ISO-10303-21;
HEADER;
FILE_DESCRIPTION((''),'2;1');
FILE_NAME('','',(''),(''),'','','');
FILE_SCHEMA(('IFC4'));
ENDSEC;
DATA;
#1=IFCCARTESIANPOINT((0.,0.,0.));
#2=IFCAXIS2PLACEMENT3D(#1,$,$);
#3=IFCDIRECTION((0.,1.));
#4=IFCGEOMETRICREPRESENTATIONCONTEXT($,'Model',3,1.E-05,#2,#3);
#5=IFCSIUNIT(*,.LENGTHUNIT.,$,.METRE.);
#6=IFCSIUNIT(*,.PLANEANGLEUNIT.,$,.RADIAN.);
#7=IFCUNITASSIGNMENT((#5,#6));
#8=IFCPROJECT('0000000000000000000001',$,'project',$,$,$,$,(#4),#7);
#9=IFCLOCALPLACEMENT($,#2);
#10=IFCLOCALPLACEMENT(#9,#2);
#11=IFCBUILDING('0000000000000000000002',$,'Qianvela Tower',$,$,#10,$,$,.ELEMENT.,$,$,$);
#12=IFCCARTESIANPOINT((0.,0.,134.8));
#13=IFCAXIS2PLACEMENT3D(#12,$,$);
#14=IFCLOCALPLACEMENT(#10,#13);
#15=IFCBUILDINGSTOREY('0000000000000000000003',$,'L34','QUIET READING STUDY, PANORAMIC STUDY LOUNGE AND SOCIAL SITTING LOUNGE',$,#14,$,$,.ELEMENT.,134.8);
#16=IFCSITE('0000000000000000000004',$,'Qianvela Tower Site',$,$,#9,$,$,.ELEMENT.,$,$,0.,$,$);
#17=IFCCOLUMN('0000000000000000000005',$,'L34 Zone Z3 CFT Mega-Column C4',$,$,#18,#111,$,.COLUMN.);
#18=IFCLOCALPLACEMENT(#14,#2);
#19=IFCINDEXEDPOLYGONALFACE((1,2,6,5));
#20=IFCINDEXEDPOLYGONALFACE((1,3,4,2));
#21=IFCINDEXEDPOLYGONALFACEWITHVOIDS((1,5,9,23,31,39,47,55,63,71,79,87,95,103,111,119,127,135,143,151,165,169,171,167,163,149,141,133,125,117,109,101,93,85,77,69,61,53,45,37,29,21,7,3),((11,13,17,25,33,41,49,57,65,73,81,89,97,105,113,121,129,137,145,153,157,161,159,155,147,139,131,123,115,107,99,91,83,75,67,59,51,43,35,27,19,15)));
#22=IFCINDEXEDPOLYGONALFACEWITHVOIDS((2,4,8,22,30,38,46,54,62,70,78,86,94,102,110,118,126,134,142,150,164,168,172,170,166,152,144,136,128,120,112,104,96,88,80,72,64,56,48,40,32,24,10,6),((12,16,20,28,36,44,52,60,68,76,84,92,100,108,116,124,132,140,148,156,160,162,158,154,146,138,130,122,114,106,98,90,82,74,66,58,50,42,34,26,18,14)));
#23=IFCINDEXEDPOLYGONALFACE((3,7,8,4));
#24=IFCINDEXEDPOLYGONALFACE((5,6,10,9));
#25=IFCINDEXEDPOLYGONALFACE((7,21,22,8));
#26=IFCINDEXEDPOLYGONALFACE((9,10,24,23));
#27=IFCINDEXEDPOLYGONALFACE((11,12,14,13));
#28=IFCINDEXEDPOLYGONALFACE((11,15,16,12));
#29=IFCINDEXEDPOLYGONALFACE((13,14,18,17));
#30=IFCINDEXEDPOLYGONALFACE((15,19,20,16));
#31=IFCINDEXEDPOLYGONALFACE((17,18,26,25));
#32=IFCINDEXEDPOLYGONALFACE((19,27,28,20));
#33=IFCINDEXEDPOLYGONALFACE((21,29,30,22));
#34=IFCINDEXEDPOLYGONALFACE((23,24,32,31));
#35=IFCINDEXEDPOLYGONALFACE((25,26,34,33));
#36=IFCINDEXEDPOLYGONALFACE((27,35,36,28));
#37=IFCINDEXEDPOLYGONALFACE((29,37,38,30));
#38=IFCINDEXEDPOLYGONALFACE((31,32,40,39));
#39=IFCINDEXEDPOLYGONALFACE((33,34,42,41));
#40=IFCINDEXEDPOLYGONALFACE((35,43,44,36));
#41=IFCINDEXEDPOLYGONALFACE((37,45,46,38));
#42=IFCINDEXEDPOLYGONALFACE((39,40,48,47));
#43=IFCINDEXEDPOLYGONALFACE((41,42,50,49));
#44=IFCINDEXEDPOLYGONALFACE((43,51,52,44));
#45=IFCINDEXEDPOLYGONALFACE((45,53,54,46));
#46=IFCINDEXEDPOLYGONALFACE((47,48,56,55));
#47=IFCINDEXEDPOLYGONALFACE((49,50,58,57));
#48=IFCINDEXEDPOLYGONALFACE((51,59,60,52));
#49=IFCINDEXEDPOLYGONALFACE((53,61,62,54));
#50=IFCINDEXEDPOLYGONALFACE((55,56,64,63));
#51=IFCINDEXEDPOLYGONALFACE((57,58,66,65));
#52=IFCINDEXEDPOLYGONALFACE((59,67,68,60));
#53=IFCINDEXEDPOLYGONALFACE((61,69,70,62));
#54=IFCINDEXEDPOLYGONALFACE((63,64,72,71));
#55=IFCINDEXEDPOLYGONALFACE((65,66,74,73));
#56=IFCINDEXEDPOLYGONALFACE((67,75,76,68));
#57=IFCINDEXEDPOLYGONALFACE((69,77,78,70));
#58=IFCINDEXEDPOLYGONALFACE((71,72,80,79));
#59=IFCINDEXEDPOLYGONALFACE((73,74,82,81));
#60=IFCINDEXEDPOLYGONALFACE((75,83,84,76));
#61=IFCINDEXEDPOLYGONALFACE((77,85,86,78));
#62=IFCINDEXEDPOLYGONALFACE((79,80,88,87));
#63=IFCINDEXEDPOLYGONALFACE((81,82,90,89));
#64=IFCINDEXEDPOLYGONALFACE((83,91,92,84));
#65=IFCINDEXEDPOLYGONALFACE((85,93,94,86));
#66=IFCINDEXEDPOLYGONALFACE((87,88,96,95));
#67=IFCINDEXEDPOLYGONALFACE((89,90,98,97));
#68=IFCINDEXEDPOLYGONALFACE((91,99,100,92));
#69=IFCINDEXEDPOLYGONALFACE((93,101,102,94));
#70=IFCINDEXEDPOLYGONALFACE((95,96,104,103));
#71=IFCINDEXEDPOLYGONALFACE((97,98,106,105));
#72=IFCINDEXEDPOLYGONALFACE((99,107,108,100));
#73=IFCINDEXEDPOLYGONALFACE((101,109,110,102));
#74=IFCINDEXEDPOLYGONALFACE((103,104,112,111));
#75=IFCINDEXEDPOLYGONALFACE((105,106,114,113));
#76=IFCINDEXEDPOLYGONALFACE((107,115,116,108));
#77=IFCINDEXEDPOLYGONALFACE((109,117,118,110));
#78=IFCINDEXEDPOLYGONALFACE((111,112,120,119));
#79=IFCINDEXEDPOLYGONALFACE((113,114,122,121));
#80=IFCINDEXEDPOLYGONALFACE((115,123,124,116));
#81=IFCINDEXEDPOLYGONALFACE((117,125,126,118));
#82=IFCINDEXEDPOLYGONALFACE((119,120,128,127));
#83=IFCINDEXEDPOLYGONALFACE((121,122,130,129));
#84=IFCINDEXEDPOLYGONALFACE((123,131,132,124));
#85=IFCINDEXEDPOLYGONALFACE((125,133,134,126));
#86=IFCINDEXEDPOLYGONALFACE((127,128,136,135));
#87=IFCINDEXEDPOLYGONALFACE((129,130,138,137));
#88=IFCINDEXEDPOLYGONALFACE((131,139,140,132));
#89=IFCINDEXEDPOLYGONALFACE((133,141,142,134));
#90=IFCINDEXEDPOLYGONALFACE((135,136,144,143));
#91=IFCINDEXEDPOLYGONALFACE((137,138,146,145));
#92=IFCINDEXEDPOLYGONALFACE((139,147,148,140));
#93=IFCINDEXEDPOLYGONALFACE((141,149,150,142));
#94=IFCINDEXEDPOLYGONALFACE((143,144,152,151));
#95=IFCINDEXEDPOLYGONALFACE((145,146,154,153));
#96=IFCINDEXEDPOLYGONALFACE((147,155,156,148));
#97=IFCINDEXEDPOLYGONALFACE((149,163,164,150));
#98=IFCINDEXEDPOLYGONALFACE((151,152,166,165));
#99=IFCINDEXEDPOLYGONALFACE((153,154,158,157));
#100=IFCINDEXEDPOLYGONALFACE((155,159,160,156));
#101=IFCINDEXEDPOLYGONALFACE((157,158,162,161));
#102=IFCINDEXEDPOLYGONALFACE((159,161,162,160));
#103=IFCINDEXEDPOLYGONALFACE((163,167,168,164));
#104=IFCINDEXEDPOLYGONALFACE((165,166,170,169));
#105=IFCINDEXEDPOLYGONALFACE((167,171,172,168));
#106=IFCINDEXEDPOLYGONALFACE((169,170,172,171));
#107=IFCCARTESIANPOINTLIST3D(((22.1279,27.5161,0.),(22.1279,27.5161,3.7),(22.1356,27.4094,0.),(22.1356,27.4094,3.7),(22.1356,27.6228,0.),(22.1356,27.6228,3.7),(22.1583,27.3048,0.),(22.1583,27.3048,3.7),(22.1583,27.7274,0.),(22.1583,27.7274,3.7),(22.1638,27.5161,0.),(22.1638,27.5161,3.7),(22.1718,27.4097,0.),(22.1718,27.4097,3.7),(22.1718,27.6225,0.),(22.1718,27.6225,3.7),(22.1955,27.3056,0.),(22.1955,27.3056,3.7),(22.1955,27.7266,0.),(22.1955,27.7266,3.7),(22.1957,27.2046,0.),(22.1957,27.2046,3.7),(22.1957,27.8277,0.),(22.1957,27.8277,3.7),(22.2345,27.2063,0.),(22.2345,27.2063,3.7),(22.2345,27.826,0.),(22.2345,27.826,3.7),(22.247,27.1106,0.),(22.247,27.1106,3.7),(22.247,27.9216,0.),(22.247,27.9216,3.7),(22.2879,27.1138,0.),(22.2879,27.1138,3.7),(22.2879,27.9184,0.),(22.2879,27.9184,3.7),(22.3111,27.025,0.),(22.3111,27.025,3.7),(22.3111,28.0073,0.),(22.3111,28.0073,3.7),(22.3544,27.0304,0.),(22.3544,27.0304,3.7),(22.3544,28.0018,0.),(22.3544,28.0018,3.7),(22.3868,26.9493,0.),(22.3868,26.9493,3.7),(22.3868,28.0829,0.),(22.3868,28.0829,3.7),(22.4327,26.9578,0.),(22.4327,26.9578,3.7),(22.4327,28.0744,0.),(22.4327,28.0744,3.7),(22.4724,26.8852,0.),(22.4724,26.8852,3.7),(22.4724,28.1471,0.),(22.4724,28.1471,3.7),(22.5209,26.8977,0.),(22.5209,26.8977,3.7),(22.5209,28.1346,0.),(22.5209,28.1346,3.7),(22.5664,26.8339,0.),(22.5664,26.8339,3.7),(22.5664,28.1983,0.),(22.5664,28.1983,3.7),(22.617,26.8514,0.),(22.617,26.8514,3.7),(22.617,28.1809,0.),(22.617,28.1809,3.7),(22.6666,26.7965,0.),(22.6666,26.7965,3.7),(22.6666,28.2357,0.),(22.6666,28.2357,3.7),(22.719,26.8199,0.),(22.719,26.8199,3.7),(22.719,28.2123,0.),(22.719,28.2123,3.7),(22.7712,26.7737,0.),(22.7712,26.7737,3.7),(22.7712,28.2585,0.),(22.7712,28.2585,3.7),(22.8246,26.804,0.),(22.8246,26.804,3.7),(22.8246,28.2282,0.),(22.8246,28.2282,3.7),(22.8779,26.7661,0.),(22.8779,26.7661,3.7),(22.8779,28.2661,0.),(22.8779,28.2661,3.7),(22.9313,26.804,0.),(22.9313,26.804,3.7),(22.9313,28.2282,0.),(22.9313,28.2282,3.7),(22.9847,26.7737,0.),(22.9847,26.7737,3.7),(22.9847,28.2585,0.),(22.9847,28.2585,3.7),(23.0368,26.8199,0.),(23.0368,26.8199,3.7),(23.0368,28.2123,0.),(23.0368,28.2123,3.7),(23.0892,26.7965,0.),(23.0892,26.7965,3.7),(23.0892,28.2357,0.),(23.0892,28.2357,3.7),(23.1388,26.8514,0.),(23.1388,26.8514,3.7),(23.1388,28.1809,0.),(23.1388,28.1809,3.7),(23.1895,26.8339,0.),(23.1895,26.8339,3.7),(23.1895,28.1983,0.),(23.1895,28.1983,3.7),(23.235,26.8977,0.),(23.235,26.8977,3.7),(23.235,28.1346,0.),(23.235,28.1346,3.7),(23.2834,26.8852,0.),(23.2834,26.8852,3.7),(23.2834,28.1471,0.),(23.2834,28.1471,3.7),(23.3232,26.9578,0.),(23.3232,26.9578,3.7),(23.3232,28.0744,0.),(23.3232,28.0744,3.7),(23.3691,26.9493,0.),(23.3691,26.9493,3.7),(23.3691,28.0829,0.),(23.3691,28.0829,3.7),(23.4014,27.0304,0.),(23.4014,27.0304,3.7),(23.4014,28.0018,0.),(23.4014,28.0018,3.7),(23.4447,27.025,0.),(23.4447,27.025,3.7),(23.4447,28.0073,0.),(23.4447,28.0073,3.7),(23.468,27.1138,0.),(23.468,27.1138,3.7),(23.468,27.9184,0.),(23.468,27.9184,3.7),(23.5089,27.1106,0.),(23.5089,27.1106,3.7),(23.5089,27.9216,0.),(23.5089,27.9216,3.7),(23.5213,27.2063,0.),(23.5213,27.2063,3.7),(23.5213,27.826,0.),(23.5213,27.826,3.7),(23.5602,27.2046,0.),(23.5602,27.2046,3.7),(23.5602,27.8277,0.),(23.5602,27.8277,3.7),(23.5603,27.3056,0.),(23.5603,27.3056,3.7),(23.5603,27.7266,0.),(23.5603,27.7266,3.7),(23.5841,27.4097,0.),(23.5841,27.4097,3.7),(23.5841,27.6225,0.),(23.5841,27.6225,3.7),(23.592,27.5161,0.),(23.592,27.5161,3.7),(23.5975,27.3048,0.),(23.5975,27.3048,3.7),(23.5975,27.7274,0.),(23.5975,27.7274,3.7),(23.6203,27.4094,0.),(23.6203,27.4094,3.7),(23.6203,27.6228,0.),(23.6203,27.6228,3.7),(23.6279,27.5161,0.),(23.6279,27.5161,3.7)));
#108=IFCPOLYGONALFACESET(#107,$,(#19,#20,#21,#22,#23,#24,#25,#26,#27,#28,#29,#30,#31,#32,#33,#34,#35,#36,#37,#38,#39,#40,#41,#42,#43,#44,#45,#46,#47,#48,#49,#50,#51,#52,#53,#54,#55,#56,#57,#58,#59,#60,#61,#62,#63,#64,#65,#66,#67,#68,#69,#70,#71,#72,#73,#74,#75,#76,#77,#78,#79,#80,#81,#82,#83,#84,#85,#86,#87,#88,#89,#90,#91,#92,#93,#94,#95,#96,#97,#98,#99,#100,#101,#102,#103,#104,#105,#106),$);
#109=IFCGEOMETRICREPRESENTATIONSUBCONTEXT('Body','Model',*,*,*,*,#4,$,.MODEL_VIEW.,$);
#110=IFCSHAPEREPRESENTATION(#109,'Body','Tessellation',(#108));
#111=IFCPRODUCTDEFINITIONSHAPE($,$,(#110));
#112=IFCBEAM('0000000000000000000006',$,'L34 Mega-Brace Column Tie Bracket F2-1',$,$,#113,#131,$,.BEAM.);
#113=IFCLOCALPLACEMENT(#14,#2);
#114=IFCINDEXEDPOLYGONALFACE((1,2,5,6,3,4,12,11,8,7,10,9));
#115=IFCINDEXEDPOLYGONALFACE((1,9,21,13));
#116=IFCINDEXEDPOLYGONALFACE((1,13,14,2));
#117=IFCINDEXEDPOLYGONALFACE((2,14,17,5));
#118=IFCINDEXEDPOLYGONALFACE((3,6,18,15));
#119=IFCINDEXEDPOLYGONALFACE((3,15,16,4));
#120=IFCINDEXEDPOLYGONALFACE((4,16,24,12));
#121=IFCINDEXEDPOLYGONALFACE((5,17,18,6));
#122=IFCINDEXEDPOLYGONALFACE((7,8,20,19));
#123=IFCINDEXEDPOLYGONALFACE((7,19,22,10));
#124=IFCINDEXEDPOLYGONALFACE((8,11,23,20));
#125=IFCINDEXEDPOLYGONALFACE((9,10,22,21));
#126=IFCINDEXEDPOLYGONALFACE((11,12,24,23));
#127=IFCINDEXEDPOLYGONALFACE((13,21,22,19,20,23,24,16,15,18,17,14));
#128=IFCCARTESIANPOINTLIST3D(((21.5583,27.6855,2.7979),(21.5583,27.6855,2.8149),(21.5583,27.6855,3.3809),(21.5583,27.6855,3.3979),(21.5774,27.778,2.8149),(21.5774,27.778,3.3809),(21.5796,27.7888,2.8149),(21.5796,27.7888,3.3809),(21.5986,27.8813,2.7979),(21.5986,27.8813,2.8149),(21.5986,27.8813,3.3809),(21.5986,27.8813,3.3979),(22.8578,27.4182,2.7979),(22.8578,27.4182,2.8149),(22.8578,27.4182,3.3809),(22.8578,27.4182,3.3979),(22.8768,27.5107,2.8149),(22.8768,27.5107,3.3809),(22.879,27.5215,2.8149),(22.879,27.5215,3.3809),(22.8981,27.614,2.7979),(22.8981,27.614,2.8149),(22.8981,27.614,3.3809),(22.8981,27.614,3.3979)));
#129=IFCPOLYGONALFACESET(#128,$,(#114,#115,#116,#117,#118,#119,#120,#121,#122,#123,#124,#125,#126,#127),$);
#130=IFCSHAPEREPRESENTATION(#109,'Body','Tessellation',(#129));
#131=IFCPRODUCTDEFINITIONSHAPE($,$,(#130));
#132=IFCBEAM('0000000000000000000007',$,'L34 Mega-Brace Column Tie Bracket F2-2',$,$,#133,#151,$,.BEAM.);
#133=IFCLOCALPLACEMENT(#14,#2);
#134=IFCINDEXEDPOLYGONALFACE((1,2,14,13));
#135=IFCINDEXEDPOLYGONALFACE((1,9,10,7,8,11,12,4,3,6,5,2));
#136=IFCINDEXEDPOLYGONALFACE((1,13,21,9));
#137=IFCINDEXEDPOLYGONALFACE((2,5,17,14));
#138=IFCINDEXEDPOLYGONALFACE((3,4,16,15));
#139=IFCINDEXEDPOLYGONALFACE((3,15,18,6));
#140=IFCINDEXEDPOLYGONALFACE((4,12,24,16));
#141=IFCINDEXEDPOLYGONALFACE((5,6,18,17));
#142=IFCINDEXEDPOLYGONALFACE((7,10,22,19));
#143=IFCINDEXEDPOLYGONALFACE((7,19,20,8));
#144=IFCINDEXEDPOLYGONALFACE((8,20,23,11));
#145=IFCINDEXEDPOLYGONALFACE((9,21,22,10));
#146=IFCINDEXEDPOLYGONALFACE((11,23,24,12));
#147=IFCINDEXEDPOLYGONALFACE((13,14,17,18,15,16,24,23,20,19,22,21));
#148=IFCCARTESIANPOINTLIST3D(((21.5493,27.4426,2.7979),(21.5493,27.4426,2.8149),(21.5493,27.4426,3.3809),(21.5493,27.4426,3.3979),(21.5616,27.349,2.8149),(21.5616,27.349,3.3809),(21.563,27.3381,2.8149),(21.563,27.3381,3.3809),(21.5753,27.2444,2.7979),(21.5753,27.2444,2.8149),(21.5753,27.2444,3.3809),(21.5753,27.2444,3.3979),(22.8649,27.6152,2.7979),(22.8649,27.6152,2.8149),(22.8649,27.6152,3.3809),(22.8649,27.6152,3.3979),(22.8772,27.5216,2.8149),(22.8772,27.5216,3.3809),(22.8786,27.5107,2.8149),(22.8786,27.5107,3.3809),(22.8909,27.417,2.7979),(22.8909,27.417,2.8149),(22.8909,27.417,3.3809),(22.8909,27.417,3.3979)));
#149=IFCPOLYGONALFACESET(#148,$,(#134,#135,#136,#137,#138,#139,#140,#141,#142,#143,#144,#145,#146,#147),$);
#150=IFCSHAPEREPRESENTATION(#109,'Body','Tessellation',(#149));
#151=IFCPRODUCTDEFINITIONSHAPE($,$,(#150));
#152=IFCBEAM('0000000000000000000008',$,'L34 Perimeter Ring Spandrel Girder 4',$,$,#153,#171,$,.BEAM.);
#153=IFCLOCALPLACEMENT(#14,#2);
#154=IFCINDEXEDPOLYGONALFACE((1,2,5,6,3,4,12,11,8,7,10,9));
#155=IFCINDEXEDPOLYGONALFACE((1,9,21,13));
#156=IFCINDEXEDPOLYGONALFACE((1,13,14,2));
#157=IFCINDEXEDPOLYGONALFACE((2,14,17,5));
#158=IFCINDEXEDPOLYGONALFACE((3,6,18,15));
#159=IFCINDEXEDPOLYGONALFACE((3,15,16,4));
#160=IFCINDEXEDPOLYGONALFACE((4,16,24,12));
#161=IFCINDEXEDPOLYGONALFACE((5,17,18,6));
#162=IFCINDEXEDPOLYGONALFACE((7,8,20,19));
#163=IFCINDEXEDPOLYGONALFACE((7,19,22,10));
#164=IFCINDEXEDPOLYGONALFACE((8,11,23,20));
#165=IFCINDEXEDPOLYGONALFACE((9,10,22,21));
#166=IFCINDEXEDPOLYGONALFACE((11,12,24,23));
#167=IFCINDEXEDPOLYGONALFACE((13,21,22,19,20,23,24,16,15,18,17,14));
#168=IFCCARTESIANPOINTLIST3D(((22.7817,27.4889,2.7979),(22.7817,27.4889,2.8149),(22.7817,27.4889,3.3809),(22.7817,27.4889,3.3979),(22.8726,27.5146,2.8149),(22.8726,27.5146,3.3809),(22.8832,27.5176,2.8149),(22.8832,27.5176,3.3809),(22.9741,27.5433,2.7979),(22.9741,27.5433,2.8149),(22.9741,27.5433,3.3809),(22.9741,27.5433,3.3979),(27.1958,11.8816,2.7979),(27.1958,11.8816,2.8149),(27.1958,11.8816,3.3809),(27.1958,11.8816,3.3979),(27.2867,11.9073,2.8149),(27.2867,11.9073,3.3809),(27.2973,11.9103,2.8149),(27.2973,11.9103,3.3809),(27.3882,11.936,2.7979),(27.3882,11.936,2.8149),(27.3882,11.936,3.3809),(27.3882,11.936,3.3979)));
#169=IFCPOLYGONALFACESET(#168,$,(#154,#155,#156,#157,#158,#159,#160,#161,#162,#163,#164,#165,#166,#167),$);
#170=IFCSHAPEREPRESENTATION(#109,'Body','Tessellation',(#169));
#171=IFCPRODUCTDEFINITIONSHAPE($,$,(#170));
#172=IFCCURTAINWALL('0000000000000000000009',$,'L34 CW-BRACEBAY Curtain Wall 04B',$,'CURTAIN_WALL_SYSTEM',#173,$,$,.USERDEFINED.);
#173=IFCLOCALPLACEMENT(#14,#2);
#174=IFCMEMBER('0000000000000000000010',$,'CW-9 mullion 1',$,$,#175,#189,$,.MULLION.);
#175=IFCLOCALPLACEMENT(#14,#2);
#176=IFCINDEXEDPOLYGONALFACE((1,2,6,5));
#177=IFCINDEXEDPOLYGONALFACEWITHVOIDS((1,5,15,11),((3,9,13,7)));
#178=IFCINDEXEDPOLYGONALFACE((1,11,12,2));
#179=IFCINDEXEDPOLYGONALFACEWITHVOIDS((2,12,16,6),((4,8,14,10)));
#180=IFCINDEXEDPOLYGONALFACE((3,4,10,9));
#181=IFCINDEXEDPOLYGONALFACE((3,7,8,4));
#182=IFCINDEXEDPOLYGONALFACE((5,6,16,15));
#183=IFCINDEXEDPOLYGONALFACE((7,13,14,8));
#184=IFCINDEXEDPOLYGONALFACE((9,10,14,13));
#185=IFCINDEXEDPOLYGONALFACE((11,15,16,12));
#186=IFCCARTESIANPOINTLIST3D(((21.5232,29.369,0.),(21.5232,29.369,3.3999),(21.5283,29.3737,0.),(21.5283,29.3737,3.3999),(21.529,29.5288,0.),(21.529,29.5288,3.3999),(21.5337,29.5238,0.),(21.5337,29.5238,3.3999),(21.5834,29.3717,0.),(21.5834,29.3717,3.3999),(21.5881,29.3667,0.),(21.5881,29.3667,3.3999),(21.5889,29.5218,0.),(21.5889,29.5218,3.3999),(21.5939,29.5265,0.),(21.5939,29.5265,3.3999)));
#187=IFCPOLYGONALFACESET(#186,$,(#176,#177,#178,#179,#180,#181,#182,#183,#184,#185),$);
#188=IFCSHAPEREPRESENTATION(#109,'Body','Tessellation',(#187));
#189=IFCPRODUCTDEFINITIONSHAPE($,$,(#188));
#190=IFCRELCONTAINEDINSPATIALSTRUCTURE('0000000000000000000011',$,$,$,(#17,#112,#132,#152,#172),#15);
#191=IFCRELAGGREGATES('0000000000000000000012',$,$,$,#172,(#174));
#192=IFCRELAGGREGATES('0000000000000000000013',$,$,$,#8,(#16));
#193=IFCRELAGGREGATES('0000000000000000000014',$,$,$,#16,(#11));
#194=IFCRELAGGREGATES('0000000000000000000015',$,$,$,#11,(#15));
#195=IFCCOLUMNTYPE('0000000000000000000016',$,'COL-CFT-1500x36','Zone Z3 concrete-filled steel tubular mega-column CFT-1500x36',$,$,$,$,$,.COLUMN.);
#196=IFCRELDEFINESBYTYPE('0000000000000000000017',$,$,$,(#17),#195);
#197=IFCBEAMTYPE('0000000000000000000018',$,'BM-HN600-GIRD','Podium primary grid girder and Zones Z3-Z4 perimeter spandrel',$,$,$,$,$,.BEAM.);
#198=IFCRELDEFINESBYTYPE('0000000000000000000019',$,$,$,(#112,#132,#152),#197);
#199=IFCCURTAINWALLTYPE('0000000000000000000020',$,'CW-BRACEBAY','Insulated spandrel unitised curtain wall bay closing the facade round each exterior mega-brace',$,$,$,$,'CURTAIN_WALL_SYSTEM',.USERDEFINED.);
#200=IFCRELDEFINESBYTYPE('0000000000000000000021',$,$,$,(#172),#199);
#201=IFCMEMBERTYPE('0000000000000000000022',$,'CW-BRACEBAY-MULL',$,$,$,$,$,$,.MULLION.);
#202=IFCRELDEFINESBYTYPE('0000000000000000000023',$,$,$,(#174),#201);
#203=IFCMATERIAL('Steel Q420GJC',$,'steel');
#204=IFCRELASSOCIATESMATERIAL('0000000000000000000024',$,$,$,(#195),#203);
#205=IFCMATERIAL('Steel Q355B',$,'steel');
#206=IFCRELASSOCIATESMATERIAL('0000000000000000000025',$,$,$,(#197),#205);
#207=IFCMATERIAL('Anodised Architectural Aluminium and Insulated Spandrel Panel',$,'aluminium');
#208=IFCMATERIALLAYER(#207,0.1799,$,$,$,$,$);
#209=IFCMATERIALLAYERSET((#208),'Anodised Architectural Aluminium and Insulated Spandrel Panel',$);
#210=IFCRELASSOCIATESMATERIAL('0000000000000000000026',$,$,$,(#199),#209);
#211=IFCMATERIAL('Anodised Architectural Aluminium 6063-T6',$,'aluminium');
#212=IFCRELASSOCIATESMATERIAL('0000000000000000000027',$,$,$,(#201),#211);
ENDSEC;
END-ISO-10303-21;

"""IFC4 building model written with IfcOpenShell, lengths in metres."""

from ifc_helpers import new_model, si_unit, direction, frame, origin, origin_2d, place, context, subcontext, project, spatial, hollow_rectangle, hollow_circle, i_section, extrude, material, layer, layer_set, material_profile, profile_set, type_object, element, aggregate, save


model = new_model("IFC4")

# Units and contexts
model_context = context("Model", 3, precision=1e-05, world=origin(), true_north=direction((0.0, 1.0)))
body_context = subcontext(model_context, "Body", "Model", "MODEL_VIEW")
ifc_project = project(units=[si_unit("LENGTHUNIT", "METRE"), si_unit("PLANEANGLEUNIT", "RADIAN")], contexts=[model_context])

# Site, building, storey
site_placement = place(None, origin())
site = spatial("IfcSite", under=ifc_project, at=site_placement, Name="Qianvela Tower Site", CompositionType="ELEMENT", RefElevation=0.0)
building_placement = place(site_placement, origin())
building = spatial("IfcBuilding", under=site, at=building_placement, Name="Qianvela Tower", CompositionType="ELEMENT")
storey_placement = place(building_placement, frame((0.0, 0.0, 134.8)))
storey = spatial("IfcBuildingStorey", under=building, at=storey_placement, Name="L34", Description="QUIET READING STUDY, PANORAMIC STUDY LOUNGE AND SOCIAL SITTING LOUNGE", CompositionType="ELEMENT", Elevation=134.8)

# Column
ifc_material_1 = material(Name="Steel Q420GJC", Category="steel")
ifc_material_profile_1 = material_profile(ifc_material_1, hollow_circle(Radius=0.75, WallThickness=0.0359, at=origin_2d()), Name="CFT-1500x36")
ifc_profile_set_1 = profile_set([ifc_material_profile_1], Name="Steel Q420GJC")
column_type = type_object("IfcColumnType", Name="COL-CFT-1500x36", Description="Zone Z3 concrete-filled steel tubular mega-column CFT-1500x36", PredefinedType="COLUMN", material=ifc_profile_set_1)
column_placement = place(storey_placement, frame((22.8779, 27.5161, 0.0), z_axis=(0.0, 0.0, 1.0), x_axis=(1.0, 0.0, 0.0)))
element("IfcColumn", 1, at=column_placement, inside=storey, type_object=column_type, Name="L34 Zone Z3 CFT Mega-Column C4", PredefinedType="COLUMN", context=body_context, shape_type="SweptSolid", body=[
    extrude(hollow_circle(Radius=0.75, WallThickness=0.0359, at=origin_2d()), origin(), (0.0, 0.0, 1.0), 3.7),
])

# Beams
ifc_material_2 = material(Name="Steel Q355B", Category="steel")
ifc_material_profile_2 = material_profile(ifc_material_2, i_section(OverallWidth=0.2, OverallDepth=0.6001, WebThickness=0.011, FlangeThickness=0.0171, at=origin_2d()), Name="HN600x200x11x17")
ifc_profile_set_2 = profile_set([ifc_material_profile_2], Name="Steel Q355B")
beam_type = type_object("IfcBeamType", Name="BM-HN600-GIRD", Description="Podium primary grid girder and Zones Z3-Z4 perimeter spandrel", PredefinedType="BEAM", material=ifc_profile_set_2)
beam_1_placement = place(storey_placement, frame((22.8779, 27.5161, 3.0979), z_axis=(-0.97949, 0.201492, 0.0), x_axis=(-0.201492, -0.97949, 0.0)))
element("IfcBeam", 2, at=beam_1_placement, inside=storey, type_object=beam_type, Name="L34 Mega-Brace Column Tie Bracket F2-1", PredefinedType="BEAM", context=body_context, shape_type="SweptSolid", body=[
    extrude(i_section(OverallWidth=0.2, OverallDepth=0.6001, WebThickness=0.011, FlangeThickness=0.0171, at=origin_2d()), origin(), (0.0, 0.0, 1.0), 1.3267),
])
beam_2_placement = place(storey_placement, frame((22.8779, 27.5161, 3.0979), z_axis=(-0.991504, -0.130079, 0.0), x_axis=(0.130079, -0.991504, 0.0)))
element("IfcBeam", 3, at=beam_2_placement, inside=storey, type_object=beam_type, Name="L34 Mega-Brace Column Tie Bracket F2-2", PredefinedType="BEAM", context=body_context, shape_type="SweptSolid", body=[
    extrude(i_section(OverallWidth=0.2, OverallDepth=0.6001, WebThickness=0.011, FlangeThickness=0.0171, at=origin_2d()), origin(), (0.0, 0.0, 1.0), 1.3269),
])
beam_3_placement = place(storey_placement, frame((22.8779, 27.5161, 3.0979), z_axis=(0.272148, -0.962256, 0.0), x_axis=(0.962256, 0.272148, 0.0)))
element("IfcBeam", 4, at=beam_3_placement, inside=storey, type_object=beam_type, Name="L34 Perimeter Ring Spandrel Girder 4", PredefinedType="BEAM", context=body_context, shape_type="SweptSolid", body=[
    extrude(i_section(OverallWidth=0.2, OverallDepth=0.6001, WebThickness=0.011, FlangeThickness=0.0171, at=origin_2d()), origin(), (0.0, 0.0, 1.0), 16.2195),
])

# Curtain wall, member
ifc_material_3 = material(Name="Anodised Architectural Aluminium and Insulated Spandrel Panel", Category="aluminium")
ifc_layer_1 = layer(ifc_material_3, 0.1799)
ifc_layer_set_1 = layer_set([ifc_layer_1], Name="Anodised Architectural Aluminium and Insulated Spandrel Panel")
curtain_wall_type_1 = type_object("IfcCurtainWallType", Name="CW-BRACEBAY", Description="Insulated spandrel unitised curtain wall bay closing the facade round each exterior mega-brace", ElementType="CURTAIN_WALL_SYSTEM", PredefinedType="USERDEFINED", material=ifc_layer_set_1)
curtain_wall_1_placement = place(storey_placement, origin())
curtain_wall_1 = element("IfcCurtainWall", 5, at=curtain_wall_1_placement, inside=storey, type_object=curtain_wall_type_1, Name="L34 CW-BRACEBAY Curtain Wall 04B", ObjectType="CURTAIN_WALL_SYSTEM", PredefinedType="USERDEFINED")
ifc_material_4 = material(Name="Anodised Architectural Aluminium 6063-T6", Category="aluminium")
ifc_material_profile_3 = material_profile(ifc_material_4, hollow_rectangle(XDim=0.0649, YDim=0.1599, WallThickness=0.0049, at=origin_2d()), Name="ALU-MULL-65x160")
ifc_profile_set_3 = profile_set([ifc_material_profile_3], Name="Anodised Architectural Aluminium 6063-T6")
member_type_1 = type_object("IfcMemberType", Name="CW-BRACEBAY-MULL", PredefinedType="MULLION", material=ifc_profile_set_3)
member_1_placement = place(storey_placement, frame((21.5586, 29.4478, 0.0), z_axis=(0.0, 0.0, 1.0), x_axis=(0.999341, -0.036296, 0.0)))
member_1 = element("IfcMember", 6, at=member_1_placement, type_object=member_type_1, Name="CW-9 mullion 1", PredefinedType="MULLION", context=body_context, shape_type="SweptSolid", body=[
    extrude(hollow_rectangle(XDim=0.0649, YDim=0.1599, WallThickness=0.0049, at=origin_2d()), origin(), (0.0, 0.0, 1.0), 3.3999),
])

aggregate(curtain_wall_1, [member_1])

save(model, "model.ifc")
